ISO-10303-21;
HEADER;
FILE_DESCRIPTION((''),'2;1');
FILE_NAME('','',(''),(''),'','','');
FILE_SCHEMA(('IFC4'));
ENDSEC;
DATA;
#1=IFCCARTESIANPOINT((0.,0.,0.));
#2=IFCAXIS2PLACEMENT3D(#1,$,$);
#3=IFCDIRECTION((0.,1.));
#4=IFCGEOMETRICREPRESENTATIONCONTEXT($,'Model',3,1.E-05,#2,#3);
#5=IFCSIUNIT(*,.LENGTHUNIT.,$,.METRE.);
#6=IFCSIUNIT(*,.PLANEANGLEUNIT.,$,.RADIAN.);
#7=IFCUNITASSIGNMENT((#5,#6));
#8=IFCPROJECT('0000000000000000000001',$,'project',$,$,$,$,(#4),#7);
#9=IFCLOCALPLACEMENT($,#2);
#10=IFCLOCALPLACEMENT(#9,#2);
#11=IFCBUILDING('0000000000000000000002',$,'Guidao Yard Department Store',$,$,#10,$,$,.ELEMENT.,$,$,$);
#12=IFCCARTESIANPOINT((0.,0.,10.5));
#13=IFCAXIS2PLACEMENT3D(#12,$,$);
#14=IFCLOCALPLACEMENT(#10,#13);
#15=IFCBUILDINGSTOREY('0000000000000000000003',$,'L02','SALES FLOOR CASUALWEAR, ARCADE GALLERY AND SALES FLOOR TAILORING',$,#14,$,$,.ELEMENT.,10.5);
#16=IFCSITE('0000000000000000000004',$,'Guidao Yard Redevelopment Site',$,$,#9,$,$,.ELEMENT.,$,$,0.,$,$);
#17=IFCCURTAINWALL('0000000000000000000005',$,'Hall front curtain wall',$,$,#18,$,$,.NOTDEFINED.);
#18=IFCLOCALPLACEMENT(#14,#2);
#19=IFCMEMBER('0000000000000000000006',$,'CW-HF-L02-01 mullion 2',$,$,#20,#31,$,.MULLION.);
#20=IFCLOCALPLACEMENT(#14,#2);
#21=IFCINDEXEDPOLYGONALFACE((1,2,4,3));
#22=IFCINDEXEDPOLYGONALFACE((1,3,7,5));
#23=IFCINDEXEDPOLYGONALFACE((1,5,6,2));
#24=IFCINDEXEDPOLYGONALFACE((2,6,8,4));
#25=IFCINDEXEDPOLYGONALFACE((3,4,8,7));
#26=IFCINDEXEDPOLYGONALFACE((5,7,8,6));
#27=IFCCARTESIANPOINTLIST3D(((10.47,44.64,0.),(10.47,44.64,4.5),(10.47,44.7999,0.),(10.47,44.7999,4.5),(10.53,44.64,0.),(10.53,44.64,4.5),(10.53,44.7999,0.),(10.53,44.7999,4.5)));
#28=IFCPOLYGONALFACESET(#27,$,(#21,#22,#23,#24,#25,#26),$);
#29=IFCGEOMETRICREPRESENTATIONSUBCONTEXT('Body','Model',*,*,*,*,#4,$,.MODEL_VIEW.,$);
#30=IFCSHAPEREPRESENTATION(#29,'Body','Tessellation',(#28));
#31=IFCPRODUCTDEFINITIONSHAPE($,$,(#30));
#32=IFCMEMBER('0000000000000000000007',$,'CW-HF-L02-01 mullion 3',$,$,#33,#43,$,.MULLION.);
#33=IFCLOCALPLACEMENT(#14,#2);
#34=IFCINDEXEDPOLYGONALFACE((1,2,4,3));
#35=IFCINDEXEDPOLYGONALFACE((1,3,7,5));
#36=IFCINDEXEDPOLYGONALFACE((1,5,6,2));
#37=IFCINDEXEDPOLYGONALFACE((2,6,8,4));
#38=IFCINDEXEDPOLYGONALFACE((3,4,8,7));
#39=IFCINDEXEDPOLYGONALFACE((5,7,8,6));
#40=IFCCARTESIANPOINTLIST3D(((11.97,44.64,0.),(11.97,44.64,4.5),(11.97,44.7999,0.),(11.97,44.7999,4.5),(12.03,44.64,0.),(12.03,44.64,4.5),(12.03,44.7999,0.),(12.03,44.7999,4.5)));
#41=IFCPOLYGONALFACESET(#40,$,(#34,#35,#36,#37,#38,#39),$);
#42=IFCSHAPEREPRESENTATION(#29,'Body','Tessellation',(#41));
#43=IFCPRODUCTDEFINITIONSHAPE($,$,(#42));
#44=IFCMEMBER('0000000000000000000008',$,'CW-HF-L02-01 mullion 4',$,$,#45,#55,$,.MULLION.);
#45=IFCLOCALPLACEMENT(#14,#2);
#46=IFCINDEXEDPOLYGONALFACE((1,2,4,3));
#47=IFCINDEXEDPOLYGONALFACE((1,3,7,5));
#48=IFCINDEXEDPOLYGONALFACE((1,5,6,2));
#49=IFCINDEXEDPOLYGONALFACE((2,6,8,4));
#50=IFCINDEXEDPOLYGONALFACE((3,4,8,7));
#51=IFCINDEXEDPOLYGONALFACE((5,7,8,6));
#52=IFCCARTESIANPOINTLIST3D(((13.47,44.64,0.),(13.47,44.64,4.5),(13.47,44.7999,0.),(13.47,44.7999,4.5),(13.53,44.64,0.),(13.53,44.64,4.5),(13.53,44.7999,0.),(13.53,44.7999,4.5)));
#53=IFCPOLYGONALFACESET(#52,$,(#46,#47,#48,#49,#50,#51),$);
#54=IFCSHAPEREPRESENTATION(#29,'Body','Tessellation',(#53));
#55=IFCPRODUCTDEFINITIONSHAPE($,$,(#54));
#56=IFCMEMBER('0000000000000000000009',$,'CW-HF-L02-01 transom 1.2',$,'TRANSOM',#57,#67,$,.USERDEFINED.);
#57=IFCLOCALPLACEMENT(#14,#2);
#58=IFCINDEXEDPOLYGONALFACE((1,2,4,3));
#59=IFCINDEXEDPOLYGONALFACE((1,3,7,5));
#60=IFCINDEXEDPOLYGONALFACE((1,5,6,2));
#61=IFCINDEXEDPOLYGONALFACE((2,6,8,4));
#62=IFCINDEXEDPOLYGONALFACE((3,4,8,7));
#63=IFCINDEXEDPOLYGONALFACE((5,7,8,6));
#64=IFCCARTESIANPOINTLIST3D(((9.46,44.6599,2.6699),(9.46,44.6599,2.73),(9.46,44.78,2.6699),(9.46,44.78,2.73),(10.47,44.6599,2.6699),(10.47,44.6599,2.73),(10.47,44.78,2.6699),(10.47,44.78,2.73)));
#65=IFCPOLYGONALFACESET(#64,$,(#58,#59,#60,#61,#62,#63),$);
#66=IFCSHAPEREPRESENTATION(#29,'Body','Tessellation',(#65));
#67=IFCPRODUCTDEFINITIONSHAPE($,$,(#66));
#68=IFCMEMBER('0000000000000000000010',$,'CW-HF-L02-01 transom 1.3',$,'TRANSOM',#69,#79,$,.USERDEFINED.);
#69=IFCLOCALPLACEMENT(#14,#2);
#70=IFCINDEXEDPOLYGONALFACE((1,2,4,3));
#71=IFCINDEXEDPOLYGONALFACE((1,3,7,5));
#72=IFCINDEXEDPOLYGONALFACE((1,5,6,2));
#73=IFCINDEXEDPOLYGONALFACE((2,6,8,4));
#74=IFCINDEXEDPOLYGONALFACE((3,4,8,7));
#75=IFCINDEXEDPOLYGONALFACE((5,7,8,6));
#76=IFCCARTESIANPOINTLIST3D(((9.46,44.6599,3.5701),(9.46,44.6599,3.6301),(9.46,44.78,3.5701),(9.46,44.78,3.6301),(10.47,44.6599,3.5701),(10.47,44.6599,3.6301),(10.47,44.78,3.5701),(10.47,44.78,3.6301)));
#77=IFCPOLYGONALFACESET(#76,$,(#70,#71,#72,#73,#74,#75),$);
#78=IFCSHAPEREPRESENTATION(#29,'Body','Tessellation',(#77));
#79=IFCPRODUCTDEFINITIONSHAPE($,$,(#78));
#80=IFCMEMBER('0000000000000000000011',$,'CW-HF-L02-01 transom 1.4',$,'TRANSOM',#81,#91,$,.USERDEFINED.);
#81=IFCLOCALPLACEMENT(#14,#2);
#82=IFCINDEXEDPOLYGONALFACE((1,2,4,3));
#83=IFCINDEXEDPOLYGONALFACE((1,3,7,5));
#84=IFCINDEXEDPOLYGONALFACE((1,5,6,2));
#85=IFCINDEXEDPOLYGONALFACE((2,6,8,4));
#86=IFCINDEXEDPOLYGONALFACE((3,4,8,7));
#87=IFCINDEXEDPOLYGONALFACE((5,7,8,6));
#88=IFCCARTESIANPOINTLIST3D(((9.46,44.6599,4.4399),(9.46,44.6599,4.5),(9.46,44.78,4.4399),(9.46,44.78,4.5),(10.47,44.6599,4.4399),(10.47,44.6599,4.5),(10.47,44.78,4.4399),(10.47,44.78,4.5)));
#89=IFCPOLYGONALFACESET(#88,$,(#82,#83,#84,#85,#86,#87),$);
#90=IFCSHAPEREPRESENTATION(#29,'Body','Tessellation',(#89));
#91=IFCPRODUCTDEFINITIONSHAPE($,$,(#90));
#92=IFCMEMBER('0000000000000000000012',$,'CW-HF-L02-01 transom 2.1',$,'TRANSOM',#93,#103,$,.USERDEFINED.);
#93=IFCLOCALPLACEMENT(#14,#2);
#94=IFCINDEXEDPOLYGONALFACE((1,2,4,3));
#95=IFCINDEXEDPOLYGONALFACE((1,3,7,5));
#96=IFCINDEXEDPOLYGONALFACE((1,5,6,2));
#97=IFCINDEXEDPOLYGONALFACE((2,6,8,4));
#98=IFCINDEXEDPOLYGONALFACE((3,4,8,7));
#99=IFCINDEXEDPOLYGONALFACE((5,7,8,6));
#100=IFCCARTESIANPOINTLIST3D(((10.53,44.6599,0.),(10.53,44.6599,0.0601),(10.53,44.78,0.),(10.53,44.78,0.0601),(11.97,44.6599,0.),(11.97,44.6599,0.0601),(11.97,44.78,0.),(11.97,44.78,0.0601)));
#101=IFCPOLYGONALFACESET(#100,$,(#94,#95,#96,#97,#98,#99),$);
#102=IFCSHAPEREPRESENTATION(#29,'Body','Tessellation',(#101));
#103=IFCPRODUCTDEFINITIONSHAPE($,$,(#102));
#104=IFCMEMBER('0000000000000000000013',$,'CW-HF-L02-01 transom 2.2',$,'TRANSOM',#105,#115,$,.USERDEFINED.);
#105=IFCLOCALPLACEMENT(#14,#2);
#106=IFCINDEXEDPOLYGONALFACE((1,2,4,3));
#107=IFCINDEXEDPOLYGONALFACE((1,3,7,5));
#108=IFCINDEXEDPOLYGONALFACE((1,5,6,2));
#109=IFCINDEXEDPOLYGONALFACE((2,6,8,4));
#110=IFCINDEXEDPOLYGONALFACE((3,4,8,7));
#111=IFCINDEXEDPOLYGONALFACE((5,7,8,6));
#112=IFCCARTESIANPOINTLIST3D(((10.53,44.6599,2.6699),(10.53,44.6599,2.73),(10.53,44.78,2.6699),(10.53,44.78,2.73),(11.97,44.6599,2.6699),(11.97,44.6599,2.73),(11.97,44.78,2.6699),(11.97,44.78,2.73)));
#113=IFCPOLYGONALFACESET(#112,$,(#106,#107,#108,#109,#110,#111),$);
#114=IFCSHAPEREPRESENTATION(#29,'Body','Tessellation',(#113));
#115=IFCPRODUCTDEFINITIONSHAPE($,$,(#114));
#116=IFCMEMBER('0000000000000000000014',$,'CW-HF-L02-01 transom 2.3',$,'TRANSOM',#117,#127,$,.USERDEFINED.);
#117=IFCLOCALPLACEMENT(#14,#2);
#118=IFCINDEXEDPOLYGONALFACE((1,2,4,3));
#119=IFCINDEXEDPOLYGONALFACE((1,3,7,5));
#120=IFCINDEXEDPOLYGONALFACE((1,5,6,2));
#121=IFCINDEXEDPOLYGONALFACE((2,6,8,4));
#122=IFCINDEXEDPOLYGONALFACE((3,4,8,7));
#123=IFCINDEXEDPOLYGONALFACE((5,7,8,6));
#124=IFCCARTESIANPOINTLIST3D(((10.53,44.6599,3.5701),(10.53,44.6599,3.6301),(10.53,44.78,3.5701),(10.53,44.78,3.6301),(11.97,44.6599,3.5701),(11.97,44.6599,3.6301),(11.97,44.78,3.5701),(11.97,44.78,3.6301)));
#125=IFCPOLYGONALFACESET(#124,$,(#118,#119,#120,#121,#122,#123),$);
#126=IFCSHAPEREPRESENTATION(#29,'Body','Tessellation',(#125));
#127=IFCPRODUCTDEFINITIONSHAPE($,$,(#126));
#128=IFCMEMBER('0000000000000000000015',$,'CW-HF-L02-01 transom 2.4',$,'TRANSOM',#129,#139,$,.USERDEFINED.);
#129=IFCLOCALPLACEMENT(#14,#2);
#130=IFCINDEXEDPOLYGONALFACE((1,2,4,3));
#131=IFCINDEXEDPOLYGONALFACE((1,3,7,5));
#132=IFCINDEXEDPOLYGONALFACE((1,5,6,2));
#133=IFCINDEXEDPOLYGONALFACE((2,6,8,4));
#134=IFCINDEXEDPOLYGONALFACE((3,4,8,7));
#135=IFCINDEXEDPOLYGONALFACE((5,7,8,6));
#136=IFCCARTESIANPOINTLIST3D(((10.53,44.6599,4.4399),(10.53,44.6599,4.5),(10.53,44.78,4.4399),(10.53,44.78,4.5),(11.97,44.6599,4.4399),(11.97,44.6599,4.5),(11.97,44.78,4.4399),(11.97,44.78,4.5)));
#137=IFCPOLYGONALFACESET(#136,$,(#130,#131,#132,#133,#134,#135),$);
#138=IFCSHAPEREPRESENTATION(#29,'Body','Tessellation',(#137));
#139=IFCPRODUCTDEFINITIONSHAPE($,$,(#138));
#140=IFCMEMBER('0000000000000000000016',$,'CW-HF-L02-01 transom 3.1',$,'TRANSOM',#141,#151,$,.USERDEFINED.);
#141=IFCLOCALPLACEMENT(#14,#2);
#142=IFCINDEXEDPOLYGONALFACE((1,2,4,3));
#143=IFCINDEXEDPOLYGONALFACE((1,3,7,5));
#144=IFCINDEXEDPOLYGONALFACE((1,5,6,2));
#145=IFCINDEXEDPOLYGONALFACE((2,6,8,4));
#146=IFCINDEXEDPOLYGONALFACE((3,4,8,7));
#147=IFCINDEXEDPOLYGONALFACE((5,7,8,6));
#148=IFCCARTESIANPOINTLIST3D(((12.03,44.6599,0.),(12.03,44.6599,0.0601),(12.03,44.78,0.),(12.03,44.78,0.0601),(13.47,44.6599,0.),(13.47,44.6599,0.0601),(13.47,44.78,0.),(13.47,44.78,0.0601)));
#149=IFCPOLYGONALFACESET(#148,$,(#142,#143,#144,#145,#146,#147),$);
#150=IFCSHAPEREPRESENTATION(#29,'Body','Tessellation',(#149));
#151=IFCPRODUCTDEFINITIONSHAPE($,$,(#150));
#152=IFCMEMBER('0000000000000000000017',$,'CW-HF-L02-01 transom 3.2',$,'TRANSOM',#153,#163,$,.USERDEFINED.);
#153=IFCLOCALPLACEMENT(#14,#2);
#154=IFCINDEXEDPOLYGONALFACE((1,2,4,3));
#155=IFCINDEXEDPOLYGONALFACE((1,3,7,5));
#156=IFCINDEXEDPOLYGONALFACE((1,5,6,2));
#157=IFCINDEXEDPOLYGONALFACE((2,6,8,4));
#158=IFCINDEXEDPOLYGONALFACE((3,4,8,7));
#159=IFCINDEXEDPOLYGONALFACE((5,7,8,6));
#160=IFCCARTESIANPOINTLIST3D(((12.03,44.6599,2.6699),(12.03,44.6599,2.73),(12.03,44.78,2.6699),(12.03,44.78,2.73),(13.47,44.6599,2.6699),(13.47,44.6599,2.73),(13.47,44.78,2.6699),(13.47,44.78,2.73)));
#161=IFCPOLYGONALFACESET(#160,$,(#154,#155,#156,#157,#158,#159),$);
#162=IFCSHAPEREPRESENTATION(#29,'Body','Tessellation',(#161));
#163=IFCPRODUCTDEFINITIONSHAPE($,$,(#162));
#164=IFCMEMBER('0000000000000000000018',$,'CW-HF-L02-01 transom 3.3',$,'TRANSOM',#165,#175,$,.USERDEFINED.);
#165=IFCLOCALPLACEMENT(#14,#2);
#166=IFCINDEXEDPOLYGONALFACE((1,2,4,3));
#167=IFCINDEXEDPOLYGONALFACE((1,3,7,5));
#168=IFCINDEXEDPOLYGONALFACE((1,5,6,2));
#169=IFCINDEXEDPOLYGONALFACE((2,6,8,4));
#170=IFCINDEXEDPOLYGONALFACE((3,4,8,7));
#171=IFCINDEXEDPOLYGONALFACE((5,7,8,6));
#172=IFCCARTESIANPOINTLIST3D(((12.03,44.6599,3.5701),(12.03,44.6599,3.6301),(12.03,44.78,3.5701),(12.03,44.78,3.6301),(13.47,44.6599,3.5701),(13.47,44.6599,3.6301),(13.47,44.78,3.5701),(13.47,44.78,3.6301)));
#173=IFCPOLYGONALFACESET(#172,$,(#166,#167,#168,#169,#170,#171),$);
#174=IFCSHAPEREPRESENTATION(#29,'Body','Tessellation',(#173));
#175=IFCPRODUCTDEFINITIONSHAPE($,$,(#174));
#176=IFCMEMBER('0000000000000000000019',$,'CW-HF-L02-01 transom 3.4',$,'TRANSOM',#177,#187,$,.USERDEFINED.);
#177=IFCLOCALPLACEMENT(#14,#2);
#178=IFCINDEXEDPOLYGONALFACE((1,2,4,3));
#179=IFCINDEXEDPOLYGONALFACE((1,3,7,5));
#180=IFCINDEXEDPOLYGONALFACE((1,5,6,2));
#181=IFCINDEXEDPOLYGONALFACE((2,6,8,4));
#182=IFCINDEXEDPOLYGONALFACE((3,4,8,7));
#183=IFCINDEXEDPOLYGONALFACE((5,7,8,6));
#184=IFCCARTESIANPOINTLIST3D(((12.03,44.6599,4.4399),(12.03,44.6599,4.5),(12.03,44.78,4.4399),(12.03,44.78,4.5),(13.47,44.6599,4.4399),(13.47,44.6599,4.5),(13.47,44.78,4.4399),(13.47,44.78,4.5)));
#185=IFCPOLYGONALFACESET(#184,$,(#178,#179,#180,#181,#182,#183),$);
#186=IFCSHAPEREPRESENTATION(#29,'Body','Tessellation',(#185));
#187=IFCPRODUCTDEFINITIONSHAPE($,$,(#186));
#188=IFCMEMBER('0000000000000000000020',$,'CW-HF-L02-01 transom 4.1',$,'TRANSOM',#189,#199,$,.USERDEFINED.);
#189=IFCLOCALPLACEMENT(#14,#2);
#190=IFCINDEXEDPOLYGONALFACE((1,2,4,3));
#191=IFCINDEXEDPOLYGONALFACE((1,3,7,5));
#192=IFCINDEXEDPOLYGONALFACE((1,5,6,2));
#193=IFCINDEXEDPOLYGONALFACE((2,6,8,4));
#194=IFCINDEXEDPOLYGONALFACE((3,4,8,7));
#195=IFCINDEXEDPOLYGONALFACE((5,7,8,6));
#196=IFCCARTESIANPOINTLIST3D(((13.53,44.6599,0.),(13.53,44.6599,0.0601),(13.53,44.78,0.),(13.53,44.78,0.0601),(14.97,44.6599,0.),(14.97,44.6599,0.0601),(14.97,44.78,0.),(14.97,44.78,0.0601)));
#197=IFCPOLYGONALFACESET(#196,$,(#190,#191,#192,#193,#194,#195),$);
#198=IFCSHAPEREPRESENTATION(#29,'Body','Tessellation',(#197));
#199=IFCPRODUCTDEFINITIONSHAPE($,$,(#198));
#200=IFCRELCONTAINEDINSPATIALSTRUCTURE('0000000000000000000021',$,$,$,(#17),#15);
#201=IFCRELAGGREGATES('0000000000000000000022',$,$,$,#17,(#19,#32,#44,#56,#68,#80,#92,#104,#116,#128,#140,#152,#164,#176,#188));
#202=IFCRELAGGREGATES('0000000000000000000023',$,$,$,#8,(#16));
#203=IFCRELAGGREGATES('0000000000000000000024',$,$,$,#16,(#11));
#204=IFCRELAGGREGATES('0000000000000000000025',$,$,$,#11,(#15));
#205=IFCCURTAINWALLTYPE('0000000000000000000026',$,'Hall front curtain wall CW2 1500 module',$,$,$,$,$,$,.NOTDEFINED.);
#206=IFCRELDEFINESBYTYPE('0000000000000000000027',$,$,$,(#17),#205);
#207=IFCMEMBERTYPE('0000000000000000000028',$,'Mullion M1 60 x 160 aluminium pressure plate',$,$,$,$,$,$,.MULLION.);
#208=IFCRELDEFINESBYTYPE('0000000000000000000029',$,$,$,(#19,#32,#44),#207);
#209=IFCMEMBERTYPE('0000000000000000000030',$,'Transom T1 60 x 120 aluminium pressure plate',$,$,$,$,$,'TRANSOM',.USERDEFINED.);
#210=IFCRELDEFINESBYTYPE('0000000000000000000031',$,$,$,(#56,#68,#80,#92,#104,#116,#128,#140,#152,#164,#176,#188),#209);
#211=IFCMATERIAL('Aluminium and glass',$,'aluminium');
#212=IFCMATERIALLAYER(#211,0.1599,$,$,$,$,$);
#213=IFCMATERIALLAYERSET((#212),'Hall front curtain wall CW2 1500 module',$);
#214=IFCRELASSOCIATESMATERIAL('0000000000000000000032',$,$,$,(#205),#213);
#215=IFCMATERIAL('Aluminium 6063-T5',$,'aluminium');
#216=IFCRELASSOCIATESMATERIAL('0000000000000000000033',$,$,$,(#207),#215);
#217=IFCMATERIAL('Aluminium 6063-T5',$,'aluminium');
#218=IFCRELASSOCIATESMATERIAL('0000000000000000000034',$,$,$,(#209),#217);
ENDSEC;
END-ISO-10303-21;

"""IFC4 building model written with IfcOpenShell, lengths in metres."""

from ifc_helpers import new_model, si_unit, direction, frame, origin, origin_2d, place, context, subcontext, project, spatial, rectangle, extrude, material, layer, layer_set, material_profile, profile_set, type_object, element, aggregate, save


model = new_model("IFC4")

# Units and contexts
model_context = context("Model", 3, precision=1e-05, world=origin(), true_north=direction((0.0, 1.0)))
body_context = subcontext(model_context, "Body", "Model", "MODEL_VIEW")
ifc_project = project(units=[si_unit("LENGTHUNIT", "METRE"), si_unit("PLANEANGLEUNIT", "RADIAN")], contexts=[model_context])

# Site, building, storey
site_placement = place(None, origin())
site = spatial("IfcSite", under=ifc_project, at=site_placement, Name="Guidao Yard Redevelopment Site", CompositionType="ELEMENT", RefElevation=0.0)
building_placement = place(site_placement, origin())
building = spatial("IfcBuilding", under=site, at=building_placement, Name="Guidao Yard Department Store", CompositionType="ELEMENT")
storey_placement = place(building_placement, frame((0.0, 0.0, 10.5)))
storey = spatial("IfcBuildingStorey", under=building, at=storey_placement, Name="L02", Description="SALES FLOOR CASUALWEAR, ARCADE GALLERY AND SALES FLOOR TAILORING", CompositionType="ELEMENT", Elevation=10.5)

# Curtain wall, members
ifc_material_1 = material(Name="Aluminium and glass", Category="aluminium")
ifc_layer_1 = layer(ifc_material_1, 0.1599)
ifc_layer_set_1 = layer_set([ifc_layer_1], Name="Hall front curtain wall CW2 1500 module")
curtain_wall_type = type_object("IfcCurtainWallType", Name="Hall front curtain wall CW2 1500 module", PredefinedType="NOTDEFINED", material=ifc_layer_set_1)
curtain_wall_placement = place(storey_placement, origin())
curtain_wall = element("IfcCurtainWall", 1, at=curtain_wall_placement, inside=storey, type_object=curtain_wall_type, Name="Hall front curtain wall", PredefinedType="NOTDEFINED")
ifc_material_2 = material(Name="Aluminium 6063-T5", Category="aluminium")
ifc_material_profile_1 = material_profile(ifc_material_2, rectangle(XDim=0.0601, YDim=0.1599, at=origin_2d()), Name="Mullion M1 60 x 160 aluminium pressure plate")
ifc_profile_set_1 = profile_set([ifc_material_profile_1], Name="Aluminium 6063-T5")
member_type_1 = type_object("IfcMemberType", Name="Mullion M1 60 x 160 aluminium pressure plate", PredefinedType="MULLION", material=ifc_profile_set_1)
member_1_placement = place(storey_placement, frame((10.5, 44.72, 0.0), z_axis=(0.0, 0.0, 1.0), x_axis=(-1.0, 0.0, 0.0)))
member_1 = element("IfcMember", 2, at=member_1_placement, type_object=member_type_1, Name="CW-HF-L02-01 mullion 2", PredefinedType="MULLION", context=body_context, shape_type="SweptSolid", body=[
    extrude(rectangle(XDim=0.0601, YDim=0.1599, at=origin_2d()), origin(), (0.0, 0.0, 1.0), 4.5),
])
member_2_placement = place(storey_placement, frame((12.0, 44.72, 0.0), z_axis=(0.0, 0.0, 1.0), x_axis=(-1.0, 0.0, 0.0)))
member_2 = element("IfcMember", 3, at=member_2_placement, type_object=member_type_1, Name="CW-HF-L02-01 mullion 3", PredefinedType="MULLION", context=body_context, shape_type="SweptSolid", body=[
    extrude(rectangle(XDim=0.0601, YDim=0.1599, at=origin_2d()), origin(), (0.0, 0.0, 1.0), 4.5),
])
member_3_placement = place(storey_placement, frame((13.5, 44.72, 0.0), z_axis=(0.0, 0.0, 1.0), x_axis=(-1.0, 0.0, 0.0)))
member_3 = element("IfcMember", 4, at=member_3_placement, type_object=member_type_1, Name="CW-HF-L02-01 mullion 4", PredefinedType="MULLION", context=body_context, shape_type="SweptSolid", body=[
    extrude(rectangle(XDim=0.0601, YDim=0.1599, at=origin_2d()), origin(), (0.0, 0.0, 1.0), 4.5),
])
ifc_material_3 = material(Name="Aluminium 6063-T5", Category="aluminium")
ifc_material_profile_2 = material_profile(ifc_material_3, rectangle(XDim=0.1201, YDim=0.0601, at=origin_2d()), Name="Transom T1 60 x 120 aluminium pressure plate")
ifc_profile_set_2 = profile_set([ifc_material_profile_2], Name="Aluminium 6063-T5")
member_type_2 = type_object("IfcMemberType", Name="Transom T1 60 x 120 aluminium pressure plate", ElementType="TRANSOM", PredefinedType="USERDEFINED", material=ifc_profile_set_2)
member_4_placement = place(storey_placement, frame((10.47, 44.72, 2.7), z_axis=(-1.0, 0.0, 0.0), x_axis=(0.0, -1.0, 0.0)))
member_4 = element("IfcMember", 5, at=member_4_placement, type_object=member_type_2, Name="CW-HF-L02-01 transom 1.2", ObjectType="TRANSOM", PredefinedType="USERDEFINED", context=body_context, shape_type="SweptSolid", body=[
    extrude(rectangle(XDim=0.1201, YDim=0.0601, at=origin_2d()), origin(), (0.0, 0.0, 1.0), 1.01),
])
member_5_placement = place(storey_placement, frame((10.47, 44.72, 3.6001), z_axis=(-1.0, 0.0, 0.0), x_axis=(0.0, -1.0, 0.0)))
member_5 = element("IfcMember", 6, at=member_5_placement, type_object=member_type_2, Name="CW-HF-L02-01 transom 1.3", ObjectType="TRANSOM", PredefinedType="USERDEFINED", context=body_context, shape_type="SweptSolid", body=[
    extrude(rectangle(XDim=0.1201, YDim=0.0601, at=origin_2d()), origin(), (0.0, 0.0, 1.0), 1.01),
])
member_6_placement = place(storey_placement, frame((10.47, 44.72, 4.47), z_axis=(-1.0, 0.0, 0.0), x_axis=(0.0, -1.0, 0.0)))
member_6 = element("IfcMember", 7, at=member_6_placement, type_object=member_type_2, Name="CW-HF-L02-01 transom 1.4", ObjectType="TRANSOM", PredefinedType="USERDEFINED", context=body_context, shape_type="SweptSolid", body=[
    extrude(rectangle(XDim=0.1201, YDim=0.0601, at=origin_2d()), origin(), (0.0, 0.0, 1.0), 1.01),
])
member_7_placement = place(storey_placement, frame((11.97, 44.72, 0.03), z_axis=(-1.0, 0.0, 0.0), x_axis=(0.0, -1.0, 0.0)))
member_7 = element("IfcMember", 8, at=member_7_placement, type_object=member_type_2, Name="CW-HF-L02-01 transom 2.1", ObjectType="TRANSOM", PredefinedType="USERDEFINED", context=body_context, shape_type="SweptSolid", body=[
    extrude(rectangle(XDim=0.1201, YDim=0.0601, at=origin_2d()), origin(), (0.0, 0.0, 1.0), 1.4399),
])
member_8_placement = place(storey_placement, frame((11.97, 44.72, 2.7), z_axis=(-1.0, 0.0, 0.0), x_axis=(0.0, -1.0, 0.0)))
member_8 = element("IfcMember", 9, at=member_8_placement, type_object=member_type_2, Name="CW-HF-L02-01 transom 2.2", ObjectType="TRANSOM", PredefinedType="USERDEFINED", context=body_context, shape_type="SweptSolid", body=[
    extrude(rectangle(XDim=0.1201, YDim=0.0601, at=origin_2d()), origin(), (0.0, 0.0, 1.0), 1.4399),
])
member_9_placement = place(storey_placement, frame((11.97, 44.72, 3.6001), z_axis=(-1.0, 0.0, 0.0), x_axis=(0.0, -1.0, 0.0)))
member_9 = element("IfcMember", 10, at=member_9_placement, type_object=member_type_2, Name="CW-HF-L02-01 transom 2.3", ObjectType="TRANSOM", PredefinedType="USERDEFINED", context=body_context, shape_type="SweptSolid", body=[
    extrude(rectangle(XDim=0.1201, YDim=0.0601, at=origin_2d()), origin(), (0.0, 0.0, 1.0), 1.4399),
])
member_10_placement = place(storey_placement, frame((11.97, 44.72, 4.47), z_axis=(-1.0, 0.0, 0.0), x_axis=(0.0, -1.0, 0.0)))
member_10 = element("IfcMember", 11, at=member_10_placement, type_object=member_type_2, Name="CW-HF-L02-01 transom 2.4", ObjectType="TRANSOM", PredefinedType="USERDEFINED", context=body_context, shape_type="SweptSolid", body=[
    extrude(rectangle(XDim=0.1201, YDim=0.0601, at=origin_2d()), origin(), (0.0, 0.0, 1.0), 1.4399),
])
member_11_placement = place(storey_placement, frame((13.47, 44.72, 0.03), z_axis=(-1.0, 0.0, 0.0), x_axis=(0.0, -1.0, 0.0)))
member_11 = element("IfcMember", 12, at=member_11_placement, type_object=member_type_2, Name="CW-HF-L02-01 transom 3.1", ObjectType="TRANSOM", PredefinedType="USERDEFINED", context=body_context, shape_type="SweptSolid", body=[
    extrude(rectangle(XDim=0.1201, YDim=0.0601, at=origin_2d()), origin(), (0.0, 0.0, 1.0), 1.4399),
])
member_12_placement = place(storey_placement, frame((13.47, 44.72, 2.7), z_axis=(-1.0, 0.0, 0.0), x_axis=(0.0, -1.0, 0.0)))
member_12 = element("IfcMember", 13, at=member_12_placement, type_object=member_type_2, Name="CW-HF-L02-01 transom 3.2", ObjectType="TRANSOM", PredefinedType="USERDEFINED", context=body_context, shape_type="SweptSolid", body=[
    extrude(rectangle(XDim=0.1201, YDim=0.0601, at=origin_2d()), origin(), (0.0, 0.0, 1.0), 1.4399),
])
member_13_placement = place(storey_placement, frame((13.47, 44.72, 3.6001), z_axis=(-1.0, 0.0, 0.0), x_axis=(0.0, -1.0, 0.0)))
member_13 = element("IfcMember", 14, at=member_13_placement, type_object=member_type_2, Name="CW-HF-L02-01 transom 3.3", ObjectType="TRANSOM", PredefinedType="USERDEFINED", context=body_context, shape_type="SweptSolid", body=[
    extrude(rectangle(XDim=0.1201, YDim=0.0601, at=origin_2d()), origin(), (0.0, 0.0, 1.0), 1.4399),
])
member_14_placement = place(storey_placement, frame((13.47, 44.72, 4.47), z_axis=(-1.0, 0.0, 0.0), x_axis=(0.0, -1.0, 0.0)))
member_14 = element("IfcMember", 15, at=member_14_placement, type_object=member_type_2, Name="CW-HF-L02-01 transom 3.4", ObjectType="TRANSOM", PredefinedType="USERDEFINED", context=body_context, shape_type="SweptSolid", body=[
    extrude(rectangle(XDim=0.1201, YDim=0.0601, at=origin_2d()), origin(), (0.0, 0.0, 1.0), 1.4399),
])
member_15_placement = place(storey_placement, frame((14.97, 44.72, 0.03), z_axis=(-1.0, 0.0, 0.0), x_axis=(0.0, -1.0, 0.0)))
member_15 = element("IfcMember", 16, at=member_15_placement, type_object=member_type_2, Name="CW-HF-L02-01 transom 4.1", ObjectType="TRANSOM", PredefinedType="USERDEFINED", context=body_context, shape_type="SweptSolid", body=[
    extrude(rectangle(XDim=0.1201, YDim=0.0601, at=origin_2d()), origin(), (0.0, 0.0, 1.0), 1.4399),
])
aggregate(curtain_wall, [member_1, member_2, member_3, member_4, member_5, member_6, member_7, member_8, member_9, member_10, member_11, member_12, member_13, member_14, member_15])

save(model, "model.ifc")
